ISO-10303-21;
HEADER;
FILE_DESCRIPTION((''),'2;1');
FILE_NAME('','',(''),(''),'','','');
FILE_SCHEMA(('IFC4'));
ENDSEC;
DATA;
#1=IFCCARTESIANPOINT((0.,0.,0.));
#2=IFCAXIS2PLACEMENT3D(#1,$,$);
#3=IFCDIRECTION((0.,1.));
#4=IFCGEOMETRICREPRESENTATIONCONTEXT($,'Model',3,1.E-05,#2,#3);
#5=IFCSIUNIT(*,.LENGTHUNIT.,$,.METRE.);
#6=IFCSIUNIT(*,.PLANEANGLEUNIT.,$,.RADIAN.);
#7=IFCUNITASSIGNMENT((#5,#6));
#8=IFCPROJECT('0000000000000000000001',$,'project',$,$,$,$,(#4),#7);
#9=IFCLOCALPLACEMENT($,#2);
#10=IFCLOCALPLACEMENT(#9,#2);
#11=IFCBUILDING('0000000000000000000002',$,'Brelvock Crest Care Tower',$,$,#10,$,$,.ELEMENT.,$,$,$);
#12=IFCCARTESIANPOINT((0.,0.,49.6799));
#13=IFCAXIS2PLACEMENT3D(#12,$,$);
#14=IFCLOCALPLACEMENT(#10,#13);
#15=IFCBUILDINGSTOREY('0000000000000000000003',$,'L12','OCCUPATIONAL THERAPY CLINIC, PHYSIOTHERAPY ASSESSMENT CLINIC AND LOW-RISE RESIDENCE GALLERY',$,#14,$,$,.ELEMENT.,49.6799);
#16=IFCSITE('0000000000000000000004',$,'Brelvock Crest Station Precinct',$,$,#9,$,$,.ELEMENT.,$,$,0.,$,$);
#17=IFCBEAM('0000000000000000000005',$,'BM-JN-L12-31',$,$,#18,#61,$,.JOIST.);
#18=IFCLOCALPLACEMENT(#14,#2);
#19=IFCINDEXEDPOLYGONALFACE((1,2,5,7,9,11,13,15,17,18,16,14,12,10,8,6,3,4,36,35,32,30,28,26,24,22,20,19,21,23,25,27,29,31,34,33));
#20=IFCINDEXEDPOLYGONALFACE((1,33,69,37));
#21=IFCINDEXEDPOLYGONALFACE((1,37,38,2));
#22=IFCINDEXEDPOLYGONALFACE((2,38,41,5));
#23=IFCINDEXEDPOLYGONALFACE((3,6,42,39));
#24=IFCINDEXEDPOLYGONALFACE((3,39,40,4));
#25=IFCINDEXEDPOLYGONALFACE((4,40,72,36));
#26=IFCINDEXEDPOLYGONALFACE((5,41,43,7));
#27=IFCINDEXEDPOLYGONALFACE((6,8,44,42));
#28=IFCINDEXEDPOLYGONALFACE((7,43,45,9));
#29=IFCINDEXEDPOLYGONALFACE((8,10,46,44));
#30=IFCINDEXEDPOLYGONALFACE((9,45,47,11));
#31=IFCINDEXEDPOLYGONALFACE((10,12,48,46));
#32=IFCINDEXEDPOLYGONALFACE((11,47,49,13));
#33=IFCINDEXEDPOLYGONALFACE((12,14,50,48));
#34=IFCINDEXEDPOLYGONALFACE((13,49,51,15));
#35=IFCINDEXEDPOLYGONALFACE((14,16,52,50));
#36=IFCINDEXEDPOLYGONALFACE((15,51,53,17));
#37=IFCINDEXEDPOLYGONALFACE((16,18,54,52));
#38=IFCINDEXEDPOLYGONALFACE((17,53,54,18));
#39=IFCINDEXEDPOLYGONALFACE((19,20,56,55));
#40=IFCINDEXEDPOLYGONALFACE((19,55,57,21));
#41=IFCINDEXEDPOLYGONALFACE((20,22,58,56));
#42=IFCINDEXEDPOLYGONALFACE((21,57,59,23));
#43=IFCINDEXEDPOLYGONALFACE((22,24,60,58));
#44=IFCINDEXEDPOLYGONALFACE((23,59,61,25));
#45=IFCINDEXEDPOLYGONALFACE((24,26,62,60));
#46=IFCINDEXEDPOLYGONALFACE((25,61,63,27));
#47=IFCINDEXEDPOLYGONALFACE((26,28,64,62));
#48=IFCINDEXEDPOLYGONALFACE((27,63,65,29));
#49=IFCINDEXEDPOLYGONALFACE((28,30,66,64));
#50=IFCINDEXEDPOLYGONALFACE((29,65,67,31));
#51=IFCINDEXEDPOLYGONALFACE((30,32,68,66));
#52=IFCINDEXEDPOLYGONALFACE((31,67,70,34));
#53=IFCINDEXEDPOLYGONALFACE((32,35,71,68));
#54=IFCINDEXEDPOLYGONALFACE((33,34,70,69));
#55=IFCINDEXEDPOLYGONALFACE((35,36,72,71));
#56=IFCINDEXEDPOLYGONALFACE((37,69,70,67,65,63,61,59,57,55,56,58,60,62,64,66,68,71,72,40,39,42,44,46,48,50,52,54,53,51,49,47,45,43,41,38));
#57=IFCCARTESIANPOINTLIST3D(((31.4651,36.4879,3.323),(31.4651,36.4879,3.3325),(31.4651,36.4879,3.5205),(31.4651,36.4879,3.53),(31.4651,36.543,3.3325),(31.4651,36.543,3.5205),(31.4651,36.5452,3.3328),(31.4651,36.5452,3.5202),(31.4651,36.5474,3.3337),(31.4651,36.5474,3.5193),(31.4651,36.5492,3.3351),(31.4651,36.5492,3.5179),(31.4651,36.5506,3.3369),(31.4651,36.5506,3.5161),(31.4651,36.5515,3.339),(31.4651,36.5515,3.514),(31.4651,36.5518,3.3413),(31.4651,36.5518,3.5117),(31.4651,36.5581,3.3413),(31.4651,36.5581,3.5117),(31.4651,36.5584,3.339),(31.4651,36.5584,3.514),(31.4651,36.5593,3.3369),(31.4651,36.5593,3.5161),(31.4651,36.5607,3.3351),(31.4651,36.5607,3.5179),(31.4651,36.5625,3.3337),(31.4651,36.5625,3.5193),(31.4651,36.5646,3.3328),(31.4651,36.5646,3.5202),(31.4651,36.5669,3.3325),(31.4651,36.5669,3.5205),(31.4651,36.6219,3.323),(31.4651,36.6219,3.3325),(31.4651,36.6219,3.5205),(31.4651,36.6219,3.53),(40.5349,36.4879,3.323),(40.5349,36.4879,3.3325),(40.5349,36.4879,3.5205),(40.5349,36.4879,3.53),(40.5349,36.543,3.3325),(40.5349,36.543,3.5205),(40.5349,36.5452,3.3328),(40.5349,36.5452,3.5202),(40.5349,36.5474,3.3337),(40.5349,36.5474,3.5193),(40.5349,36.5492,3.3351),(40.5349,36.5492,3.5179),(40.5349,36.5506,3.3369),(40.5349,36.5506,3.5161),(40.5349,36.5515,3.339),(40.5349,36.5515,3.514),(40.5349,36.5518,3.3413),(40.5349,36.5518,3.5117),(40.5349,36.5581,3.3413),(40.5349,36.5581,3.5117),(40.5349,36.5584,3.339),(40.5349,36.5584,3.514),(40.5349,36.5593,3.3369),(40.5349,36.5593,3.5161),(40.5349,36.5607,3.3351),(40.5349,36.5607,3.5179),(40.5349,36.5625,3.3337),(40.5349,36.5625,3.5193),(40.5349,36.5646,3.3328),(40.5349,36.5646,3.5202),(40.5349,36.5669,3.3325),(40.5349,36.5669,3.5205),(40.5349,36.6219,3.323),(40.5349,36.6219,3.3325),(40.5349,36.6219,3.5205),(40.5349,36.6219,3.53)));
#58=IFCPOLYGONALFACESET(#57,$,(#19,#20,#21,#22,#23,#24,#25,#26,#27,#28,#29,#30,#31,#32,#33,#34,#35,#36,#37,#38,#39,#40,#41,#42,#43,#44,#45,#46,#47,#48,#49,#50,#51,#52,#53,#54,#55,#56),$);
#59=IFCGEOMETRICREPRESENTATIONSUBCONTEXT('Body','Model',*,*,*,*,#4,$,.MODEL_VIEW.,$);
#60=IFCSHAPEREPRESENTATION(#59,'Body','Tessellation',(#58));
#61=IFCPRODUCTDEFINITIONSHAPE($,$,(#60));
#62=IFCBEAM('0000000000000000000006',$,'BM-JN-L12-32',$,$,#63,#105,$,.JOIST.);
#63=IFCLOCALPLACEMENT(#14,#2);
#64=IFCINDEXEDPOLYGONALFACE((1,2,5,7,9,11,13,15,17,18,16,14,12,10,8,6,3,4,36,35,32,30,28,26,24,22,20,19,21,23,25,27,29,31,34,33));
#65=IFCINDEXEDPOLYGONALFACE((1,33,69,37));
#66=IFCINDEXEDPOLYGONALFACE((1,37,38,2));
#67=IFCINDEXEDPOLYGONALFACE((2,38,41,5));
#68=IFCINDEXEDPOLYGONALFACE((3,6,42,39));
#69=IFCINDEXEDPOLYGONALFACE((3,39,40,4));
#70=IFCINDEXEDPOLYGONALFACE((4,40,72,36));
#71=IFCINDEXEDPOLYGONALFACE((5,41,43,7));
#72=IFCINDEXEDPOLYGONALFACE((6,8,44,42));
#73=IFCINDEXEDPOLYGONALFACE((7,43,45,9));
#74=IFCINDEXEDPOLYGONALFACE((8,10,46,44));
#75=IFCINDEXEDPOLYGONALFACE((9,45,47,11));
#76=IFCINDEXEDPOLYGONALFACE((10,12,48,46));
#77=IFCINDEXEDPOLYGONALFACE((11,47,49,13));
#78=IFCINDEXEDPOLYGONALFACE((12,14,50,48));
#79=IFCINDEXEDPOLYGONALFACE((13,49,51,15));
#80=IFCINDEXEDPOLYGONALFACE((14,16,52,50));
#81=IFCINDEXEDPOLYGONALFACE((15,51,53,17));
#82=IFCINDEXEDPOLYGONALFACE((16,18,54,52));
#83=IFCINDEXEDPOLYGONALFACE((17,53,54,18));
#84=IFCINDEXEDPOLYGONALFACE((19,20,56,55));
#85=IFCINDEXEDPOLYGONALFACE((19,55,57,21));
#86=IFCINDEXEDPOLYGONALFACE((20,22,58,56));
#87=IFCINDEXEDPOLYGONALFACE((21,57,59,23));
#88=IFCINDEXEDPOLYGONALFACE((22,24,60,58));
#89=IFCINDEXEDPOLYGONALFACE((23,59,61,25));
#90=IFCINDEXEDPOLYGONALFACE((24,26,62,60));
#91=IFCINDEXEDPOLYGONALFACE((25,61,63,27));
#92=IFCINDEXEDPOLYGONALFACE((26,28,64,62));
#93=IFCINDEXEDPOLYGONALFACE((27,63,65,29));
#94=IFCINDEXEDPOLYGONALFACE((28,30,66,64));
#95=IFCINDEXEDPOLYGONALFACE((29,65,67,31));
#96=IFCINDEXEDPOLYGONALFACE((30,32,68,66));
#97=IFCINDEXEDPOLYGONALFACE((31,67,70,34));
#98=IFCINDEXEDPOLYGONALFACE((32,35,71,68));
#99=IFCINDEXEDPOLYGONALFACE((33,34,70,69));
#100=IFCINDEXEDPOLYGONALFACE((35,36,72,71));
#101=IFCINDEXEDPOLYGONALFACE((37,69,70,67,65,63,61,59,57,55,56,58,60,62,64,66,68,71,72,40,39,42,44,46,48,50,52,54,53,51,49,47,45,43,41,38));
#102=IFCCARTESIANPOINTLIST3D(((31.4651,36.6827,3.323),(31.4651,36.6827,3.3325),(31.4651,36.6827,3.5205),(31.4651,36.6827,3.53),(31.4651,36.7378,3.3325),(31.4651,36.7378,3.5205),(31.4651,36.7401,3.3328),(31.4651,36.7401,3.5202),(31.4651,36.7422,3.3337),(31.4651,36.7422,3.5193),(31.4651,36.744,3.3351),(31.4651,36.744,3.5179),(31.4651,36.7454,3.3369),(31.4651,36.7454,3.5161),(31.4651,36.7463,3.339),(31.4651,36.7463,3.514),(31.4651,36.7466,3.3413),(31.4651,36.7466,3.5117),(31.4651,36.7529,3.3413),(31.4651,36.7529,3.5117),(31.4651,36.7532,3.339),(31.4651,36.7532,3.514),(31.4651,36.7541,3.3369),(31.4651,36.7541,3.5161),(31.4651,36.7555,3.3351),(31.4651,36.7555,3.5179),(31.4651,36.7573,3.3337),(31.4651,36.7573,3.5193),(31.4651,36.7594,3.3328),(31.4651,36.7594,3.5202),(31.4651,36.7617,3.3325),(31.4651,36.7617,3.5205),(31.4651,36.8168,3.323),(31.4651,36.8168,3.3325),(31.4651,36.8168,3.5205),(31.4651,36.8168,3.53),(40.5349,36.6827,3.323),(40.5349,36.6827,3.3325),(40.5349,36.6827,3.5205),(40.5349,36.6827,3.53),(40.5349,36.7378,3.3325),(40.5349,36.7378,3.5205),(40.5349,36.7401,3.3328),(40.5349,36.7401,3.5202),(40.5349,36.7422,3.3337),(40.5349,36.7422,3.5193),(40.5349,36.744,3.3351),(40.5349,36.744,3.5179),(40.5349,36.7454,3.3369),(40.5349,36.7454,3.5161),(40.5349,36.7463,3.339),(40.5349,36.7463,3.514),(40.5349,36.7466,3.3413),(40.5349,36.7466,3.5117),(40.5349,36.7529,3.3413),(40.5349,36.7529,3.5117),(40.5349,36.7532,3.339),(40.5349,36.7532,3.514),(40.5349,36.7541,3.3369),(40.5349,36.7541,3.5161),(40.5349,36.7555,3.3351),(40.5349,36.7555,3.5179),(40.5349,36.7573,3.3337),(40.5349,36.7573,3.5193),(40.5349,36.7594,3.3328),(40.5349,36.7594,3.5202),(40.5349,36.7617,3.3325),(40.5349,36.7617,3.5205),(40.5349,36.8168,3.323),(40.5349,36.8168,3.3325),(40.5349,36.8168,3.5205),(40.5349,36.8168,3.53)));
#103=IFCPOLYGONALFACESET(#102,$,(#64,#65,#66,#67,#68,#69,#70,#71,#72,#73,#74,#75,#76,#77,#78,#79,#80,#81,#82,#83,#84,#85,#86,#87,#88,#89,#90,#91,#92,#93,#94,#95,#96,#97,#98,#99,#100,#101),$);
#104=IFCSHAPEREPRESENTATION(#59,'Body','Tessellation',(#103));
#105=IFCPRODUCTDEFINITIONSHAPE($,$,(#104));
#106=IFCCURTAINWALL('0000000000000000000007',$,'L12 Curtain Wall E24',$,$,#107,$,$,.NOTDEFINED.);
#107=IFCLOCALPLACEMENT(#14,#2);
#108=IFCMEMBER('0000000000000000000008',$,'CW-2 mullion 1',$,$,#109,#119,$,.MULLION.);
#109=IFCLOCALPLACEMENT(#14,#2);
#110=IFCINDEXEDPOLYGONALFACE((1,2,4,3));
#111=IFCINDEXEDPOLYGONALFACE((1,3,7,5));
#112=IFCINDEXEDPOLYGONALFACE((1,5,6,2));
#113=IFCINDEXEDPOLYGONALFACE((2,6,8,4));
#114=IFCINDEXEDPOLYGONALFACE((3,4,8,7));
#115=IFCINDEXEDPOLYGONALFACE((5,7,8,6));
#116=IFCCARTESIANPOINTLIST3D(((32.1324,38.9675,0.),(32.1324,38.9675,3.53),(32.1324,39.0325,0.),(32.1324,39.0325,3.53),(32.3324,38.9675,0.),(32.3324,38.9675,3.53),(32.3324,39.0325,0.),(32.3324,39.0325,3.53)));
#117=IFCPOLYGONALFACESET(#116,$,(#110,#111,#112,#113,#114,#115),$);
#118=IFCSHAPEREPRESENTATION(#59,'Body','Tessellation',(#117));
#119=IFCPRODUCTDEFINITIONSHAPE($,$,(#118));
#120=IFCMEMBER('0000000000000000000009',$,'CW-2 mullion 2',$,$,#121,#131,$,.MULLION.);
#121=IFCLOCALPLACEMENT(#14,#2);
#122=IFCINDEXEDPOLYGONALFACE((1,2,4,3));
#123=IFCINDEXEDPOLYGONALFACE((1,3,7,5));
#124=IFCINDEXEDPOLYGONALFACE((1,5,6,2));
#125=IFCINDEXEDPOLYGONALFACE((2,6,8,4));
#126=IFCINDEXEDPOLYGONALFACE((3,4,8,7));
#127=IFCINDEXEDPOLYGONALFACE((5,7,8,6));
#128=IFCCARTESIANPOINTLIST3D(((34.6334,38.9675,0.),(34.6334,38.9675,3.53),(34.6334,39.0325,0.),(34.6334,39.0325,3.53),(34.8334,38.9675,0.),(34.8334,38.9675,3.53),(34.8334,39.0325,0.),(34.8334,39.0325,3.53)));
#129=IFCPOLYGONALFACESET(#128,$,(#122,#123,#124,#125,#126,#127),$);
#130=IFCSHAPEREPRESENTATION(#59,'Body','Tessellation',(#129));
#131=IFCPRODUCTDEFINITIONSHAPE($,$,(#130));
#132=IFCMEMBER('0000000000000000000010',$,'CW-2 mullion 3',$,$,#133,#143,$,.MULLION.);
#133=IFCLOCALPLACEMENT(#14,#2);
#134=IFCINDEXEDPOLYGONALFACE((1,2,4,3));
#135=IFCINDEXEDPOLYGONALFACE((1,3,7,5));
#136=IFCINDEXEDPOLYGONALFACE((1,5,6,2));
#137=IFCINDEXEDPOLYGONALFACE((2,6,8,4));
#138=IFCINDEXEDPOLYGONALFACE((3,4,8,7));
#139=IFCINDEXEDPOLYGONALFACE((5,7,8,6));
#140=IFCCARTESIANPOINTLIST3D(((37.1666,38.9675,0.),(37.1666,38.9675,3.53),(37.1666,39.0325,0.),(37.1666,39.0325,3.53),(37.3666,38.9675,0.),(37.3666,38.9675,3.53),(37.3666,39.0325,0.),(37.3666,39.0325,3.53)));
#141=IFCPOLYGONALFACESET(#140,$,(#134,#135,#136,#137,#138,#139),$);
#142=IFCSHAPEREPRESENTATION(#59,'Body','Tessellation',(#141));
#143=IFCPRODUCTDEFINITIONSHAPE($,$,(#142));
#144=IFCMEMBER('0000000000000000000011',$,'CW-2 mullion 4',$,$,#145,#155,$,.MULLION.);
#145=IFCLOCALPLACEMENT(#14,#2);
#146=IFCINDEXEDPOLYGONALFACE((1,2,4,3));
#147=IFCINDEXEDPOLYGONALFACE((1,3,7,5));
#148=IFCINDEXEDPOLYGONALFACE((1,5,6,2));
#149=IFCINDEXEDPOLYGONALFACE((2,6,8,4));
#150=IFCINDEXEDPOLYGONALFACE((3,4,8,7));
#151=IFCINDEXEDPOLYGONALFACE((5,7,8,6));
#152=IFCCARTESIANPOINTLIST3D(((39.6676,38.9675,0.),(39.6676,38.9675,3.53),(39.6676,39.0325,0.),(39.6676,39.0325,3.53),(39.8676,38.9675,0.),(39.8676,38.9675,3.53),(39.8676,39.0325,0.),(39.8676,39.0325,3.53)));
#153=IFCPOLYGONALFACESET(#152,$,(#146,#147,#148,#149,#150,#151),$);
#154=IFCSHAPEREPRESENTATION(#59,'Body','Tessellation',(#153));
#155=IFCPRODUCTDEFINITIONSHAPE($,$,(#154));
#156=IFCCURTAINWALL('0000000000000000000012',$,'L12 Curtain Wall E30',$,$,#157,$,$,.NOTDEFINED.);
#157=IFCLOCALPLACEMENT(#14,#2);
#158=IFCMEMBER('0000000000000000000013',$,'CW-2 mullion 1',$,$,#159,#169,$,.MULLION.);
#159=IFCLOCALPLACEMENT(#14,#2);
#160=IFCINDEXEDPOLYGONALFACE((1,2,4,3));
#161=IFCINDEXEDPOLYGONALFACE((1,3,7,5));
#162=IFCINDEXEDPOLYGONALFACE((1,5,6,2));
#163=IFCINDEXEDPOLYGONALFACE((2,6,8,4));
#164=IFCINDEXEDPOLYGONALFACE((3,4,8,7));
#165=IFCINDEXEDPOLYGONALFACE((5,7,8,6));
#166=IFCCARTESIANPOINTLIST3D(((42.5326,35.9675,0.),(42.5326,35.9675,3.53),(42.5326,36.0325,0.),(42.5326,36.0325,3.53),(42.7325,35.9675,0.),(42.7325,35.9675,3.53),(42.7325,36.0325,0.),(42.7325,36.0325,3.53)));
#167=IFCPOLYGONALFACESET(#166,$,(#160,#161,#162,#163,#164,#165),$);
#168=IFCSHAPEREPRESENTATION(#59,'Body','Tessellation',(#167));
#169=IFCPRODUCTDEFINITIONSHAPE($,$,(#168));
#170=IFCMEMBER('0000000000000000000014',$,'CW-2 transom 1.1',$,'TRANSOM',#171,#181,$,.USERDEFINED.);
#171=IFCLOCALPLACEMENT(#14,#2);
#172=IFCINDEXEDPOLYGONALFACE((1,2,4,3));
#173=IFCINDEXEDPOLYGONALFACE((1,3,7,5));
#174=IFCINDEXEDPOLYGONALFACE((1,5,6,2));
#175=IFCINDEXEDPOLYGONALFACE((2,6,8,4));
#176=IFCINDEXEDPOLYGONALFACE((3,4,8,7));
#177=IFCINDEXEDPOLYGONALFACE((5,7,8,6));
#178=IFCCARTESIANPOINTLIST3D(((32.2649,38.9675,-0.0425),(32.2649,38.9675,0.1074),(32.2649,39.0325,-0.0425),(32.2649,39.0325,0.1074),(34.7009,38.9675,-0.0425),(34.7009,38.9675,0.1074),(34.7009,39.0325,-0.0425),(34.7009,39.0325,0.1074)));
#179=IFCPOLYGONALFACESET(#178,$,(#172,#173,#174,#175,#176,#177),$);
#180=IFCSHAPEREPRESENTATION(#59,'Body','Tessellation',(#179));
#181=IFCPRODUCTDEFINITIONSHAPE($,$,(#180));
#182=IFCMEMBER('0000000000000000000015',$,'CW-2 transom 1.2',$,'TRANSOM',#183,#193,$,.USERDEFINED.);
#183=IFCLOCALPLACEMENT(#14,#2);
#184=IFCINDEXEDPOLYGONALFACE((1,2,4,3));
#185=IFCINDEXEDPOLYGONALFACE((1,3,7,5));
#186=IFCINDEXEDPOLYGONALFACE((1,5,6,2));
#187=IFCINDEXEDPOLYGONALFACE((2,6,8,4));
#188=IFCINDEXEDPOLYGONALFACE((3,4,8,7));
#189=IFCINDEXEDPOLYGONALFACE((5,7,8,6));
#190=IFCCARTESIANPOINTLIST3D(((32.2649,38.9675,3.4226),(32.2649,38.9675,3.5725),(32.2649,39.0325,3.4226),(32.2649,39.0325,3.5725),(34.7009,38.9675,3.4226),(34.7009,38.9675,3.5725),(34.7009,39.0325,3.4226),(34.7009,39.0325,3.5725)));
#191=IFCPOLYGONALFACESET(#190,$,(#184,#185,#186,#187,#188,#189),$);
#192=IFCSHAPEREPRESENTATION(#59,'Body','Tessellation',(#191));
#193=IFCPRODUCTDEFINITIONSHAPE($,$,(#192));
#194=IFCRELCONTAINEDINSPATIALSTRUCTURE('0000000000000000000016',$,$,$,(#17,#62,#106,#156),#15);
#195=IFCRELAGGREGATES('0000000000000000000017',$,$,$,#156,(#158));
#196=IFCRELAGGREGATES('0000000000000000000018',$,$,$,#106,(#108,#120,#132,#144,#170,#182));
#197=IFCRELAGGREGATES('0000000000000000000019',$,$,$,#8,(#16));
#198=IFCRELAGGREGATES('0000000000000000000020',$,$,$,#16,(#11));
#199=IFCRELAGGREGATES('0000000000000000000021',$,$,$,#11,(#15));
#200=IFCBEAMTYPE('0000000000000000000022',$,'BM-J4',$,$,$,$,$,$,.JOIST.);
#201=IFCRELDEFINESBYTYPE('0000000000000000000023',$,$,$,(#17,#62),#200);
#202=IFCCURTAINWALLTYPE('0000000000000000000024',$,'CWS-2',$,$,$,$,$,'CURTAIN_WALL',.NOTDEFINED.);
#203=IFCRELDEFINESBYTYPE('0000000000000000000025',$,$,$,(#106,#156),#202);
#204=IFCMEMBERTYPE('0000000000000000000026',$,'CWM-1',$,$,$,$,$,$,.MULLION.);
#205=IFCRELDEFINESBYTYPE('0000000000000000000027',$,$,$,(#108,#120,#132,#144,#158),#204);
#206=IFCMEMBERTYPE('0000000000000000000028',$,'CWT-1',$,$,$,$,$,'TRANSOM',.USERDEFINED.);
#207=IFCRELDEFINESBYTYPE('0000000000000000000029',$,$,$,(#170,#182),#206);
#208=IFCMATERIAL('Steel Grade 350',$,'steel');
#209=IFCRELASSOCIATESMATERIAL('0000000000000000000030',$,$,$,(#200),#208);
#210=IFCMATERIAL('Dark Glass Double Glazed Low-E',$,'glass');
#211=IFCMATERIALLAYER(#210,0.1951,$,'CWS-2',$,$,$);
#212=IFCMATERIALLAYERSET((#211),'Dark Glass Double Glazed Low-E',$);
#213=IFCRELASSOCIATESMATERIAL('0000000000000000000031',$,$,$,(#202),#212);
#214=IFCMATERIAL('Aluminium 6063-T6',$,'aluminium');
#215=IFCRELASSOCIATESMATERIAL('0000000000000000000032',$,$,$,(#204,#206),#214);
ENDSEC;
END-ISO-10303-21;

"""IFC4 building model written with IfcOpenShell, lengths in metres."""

from ifc_helpers import new_model, si_unit, direction, frame, origin, origin_2d, place, context, subcontext, project, spatial, rectangle, i_section, extrude, source, transform, mapped, material, layer, layer_set, material_profile, profile_set, type_object, element, aggregate, save


model = new_model("IFC4")

# Units and contexts
model_context = context("Model", 3, precision=1e-05, world=origin(), true_north=direction((0.0, 1.0)))
body_context = subcontext(model_context, "Body", "Model", "MODEL_VIEW")
ifc_project = project(units=[si_unit("LENGTHUNIT", "METRE"), si_unit("PLANEANGLEUNIT", "RADIAN")], contexts=[model_context])

# Site, building, storey
site_placement = place(None, origin())
site = spatial("IfcSite", under=ifc_project, at=site_placement, Name="Brelvock Crest Station Precinct", CompositionType="ELEMENT", RefElevation=0.0)
building_placement = place(site_placement, origin())
building = spatial("IfcBuilding", under=site, at=building_placement, Name="Brelvock Crest Care Tower", CompositionType="ELEMENT")
storey_placement = place(building_placement, frame((0.0, 0.0, 49.6799)))
storey = spatial("IfcBuildingStorey", under=building, at=storey_placement, Name="L12", Description="OCCUPATIONAL THERAPY CLINIC, PHYSIOTHERAPY ASSESSMENT CLINIC AND LOW-RISE RESIDENCE GALLERY", CompositionType="ELEMENT", Elevation=49.6799)

# Shared definitions
ifc_material_1 = material(Name="Steel Grade 350", Category="steel")

# Beams
ifc_material_profile_1 = material_profile(ifc_material_1, i_section(OverallWidth=0.134, OverallDepth=0.207, WebThickness=0.0063, FlangeThickness=0.0095, FilletRadius=0.0088, at=origin_2d()), Name="200UB29.8")
ifc_profile_set_1 = profile_set([ifc_material_profile_1], Name="Steel Grade 350")
beam_type_1 = type_object("IfcBeamType", Name="BM-J4", PredefinedType="JOIST", material=ifc_profile_set_1)
shared_shape_1 = source(origin(), body_context, "Body", "SweptSolid", [
    extrude(i_section(OverallWidth=0.134, OverallDepth=0.207, WebThickness=0.0063, FlangeThickness=0.0095, FilletRadius=0.0088, at=origin_2d()), origin(), (0.0, 0.0, 1.0), 9.0698),
])
for number, where, z_axis, x_axis, name in (
    (1, (31.4651, 36.5549, 3.4265), (1.0, 0.0, 0.0), (0.0, 1.0, 0.0), "BM-JN-L12-31"),
    (2, (31.4651, 36.7498, 3.4265), (1.0, 0.0, 0.0), (0.0, 1.0, 0.0), "BM-JN-L12-32"),
):
    element("IfcBeam", number, at=place(storey_placement, frame(where, z_axis=z_axis, x_axis=x_axis)), inside=storey, type_object=beam_type_1, Name=name, PredefinedType="JOIST", context=body_context, shape_type="MappedRepresentation", body=[
        mapped(shared_shape_1, transform((0.0, 0.0, 0.0), x_axis=(1.0, 0.0, 0.0), y_axis=(0.0, 1.0, 0.0), z_axis=(0.0, 0.0, 1.0), scale=1.0)),
    ])

# Curtain wall, members
ifc_material_2 = material(Name="Dark Glass Double Glazed Low-E", Category="glass")
ifc_layer_1 = layer(ifc_material_2, 0.1951, Name="CWS-2")
ifc_layer_set_1 = layer_set([ifc_layer_1], Name="Dark Glass Double Glazed Low-E")
curtain_wall_type = type_object("IfcCurtainWallType", Name="CWS-2", ElementType="CURTAIN_WALL", PredefinedType="NOTDEFINED", material=ifc_layer_set_1)
curtain_wall_1_placement = place(storey_placement, origin())
curtain_wall_1 = element("IfcCurtainWall", 3, at=curtain_wall_1_placement, inside=storey, type_object=curtain_wall_type, Name="L12 Curtain Wall E24", PredefinedType="NOTDEFINED")
ifc_material_3 = material(Name="Aluminium 6063-T6", Category="aluminium")
ifc_material_profile_2 = material_profile(ifc_material_3, rectangle(XDim=0.0649, YDim=0.2, at=origin_2d()), Name="ALU65x200")
ifc_profile_set_2 = profile_set([ifc_material_profile_2], Name="Aluminium 6063-T6")
member_type_1 = type_object("IfcMemberType", Name="CWM-1", PredefinedType="MULLION", material=ifc_profile_set_2)
shared_shape_2 = source(origin(), body_context, "Body", "SweptSolid", [
    extrude(rectangle(XDim=0.0649, YDim=0.2, at=origin_2d()), origin(), (0.0, 0.0, 1.0), 3.53),
])
member_1_placement = place(storey_placement, frame((32.2324, 39.0, 0.0), z_axis=(0.0, 0.0, 1.0), x_axis=(0.0, 1.0, 0.0)))
member_1 = element("IfcMember", 4, at=member_1_placement, type_object=member_type_1, Name="CW-2 mullion 1", PredefinedType="MULLION", context=body_context, shape_type="MappedRepresentation", body=[
    mapped(shared_shape_2, transform((0.0, 0.0, 0.0), x_axis=(1.0, 0.0, 0.0), y_axis=(0.0, 1.0, 0.0), z_axis=(0.0, 0.0, 1.0), scale=1.0)),
])
member_2_placement = place(storey_placement, frame((34.7334, 39.0, 0.0), z_axis=(0.0, 0.0, 1.0), x_axis=(0.0, 1.0, 0.0)))
member_2 = element("IfcMember", 5, at=member_2_placement, type_object=member_type_1, Name="CW-2 mullion 2", PredefinedType="MULLION", context=body_context, shape_type="MappedRepresentation", body=[
    mapped(shared_shape_2, transform((0.0, 0.0, 0.0), x_axis=(1.0, 0.0, 0.0), y_axis=(0.0, 1.0, 0.0), z_axis=(0.0, 0.0, 1.0), scale=1.0)),
])
member_3_placement = place(storey_placement, frame((37.2666, 39.0, 0.0), z_axis=(0.0, 0.0, 1.0), x_axis=(0.0, 1.0, 0.0)))
member_3 = element("IfcMember", 6, at=member_3_placement, type_object=member_type_1, Name="CW-2 mullion 3", PredefinedType="MULLION", context=body_context, shape_type="MappedRepresentation", body=[
    mapped(shared_shape_2, transform((0.0, 0.0, 0.0), x_axis=(1.0, 0.0, 0.0), y_axis=(0.0, 1.0, 0.0), z_axis=(0.0, 0.0, 1.0), scale=1.0)),
])
member_4_placement = place(storey_placement, frame((39.7676, 39.0, 0.0), z_axis=(0.0, 0.0, 1.0), x_axis=(0.0, 1.0, 0.0)))
member_4 = element("IfcMember", 7, at=member_4_placement, type_object=member_type_1, Name="CW-2 mullion 4", PredefinedType="MULLION", context=body_context, shape_type="MappedRepresentation", body=[
    mapped(shared_shape_2, transform((0.0, 0.0, 0.0), x_axis=(1.0, 0.0, 0.0), y_axis=(0.0, 1.0, 0.0), z_axis=(0.0, 0.0, 1.0), scale=1.0)),
])

# Curtain wall, member
curtain_wall_2_placement = place(storey_placement, origin())
curtain_wall_2 = element("IfcCurtainWall", 8, at=curtain_wall_2_placement, inside=storey, type_object=curtain_wall_type, Name="L12 Curtain Wall E30", PredefinedType="NOTDEFINED")
member_5_placement = place(storey_placement, frame((42.6326, 36.0, 0.0), z_axis=(0.0, 0.0, 1.0), x_axis=(0.0, 1.0, 0.0)))
member_5 = element("IfcMember", 9, at=member_5_placement, type_object=member_type_1, Name="CW-2 mullion 1", PredefinedType="MULLION", context=body_context, shape_type="MappedRepresentation", body=[
    mapped(shared_shape_2, transform((0.0, 0.0, 0.0), x_axis=(1.0, 0.0, 0.0), y_axis=(0.0, 1.0, 0.0), z_axis=(0.0, 0.0, 1.0), scale=1.0)),
])
aggregate(curtain_wall_2, [member_5])

# Members
ifc_material_profile_3 = material_profile(ifc_material_3, rectangle(XDim=0.0649, YDim=0.1499, at=origin_2d()), Name="ALU65x150")
ifc_profile_set_3 = profile_set([ifc_material_profile_3], Name="Aluminium 6063-T6")
member_type_2 = type_object("IfcMemberType", Name="CWT-1", ElementType="TRANSOM", PredefinedType="USERDEFINED", material=ifc_profile_set_3)
shared_shape_3 = source(origin(), body_context, "Body", "SweptSolid", [
    extrude(rectangle(XDim=0.0649, YDim=0.1499, at=origin_2d()), origin(), (0.0, 0.0, 1.0), 2.436),
])
member_6_placement = place(storey_placement, frame((32.2649, 39.0, 0.0325), z_axis=(1.0, 0.0, 0.0), x_axis=(0.0, 1.0, 0.0)))
member_6 = element("IfcMember", 10, at=member_6_placement, type_object=member_type_2, Name="CW-2 transom 1.1", ObjectType="TRANSOM", PredefinedType="USERDEFINED", context=body_context, shape_type="MappedRepresentation", body=[
    mapped(shared_shape_3, transform((0.0, 0.0, 0.0), x_axis=(1.0, 0.0, 0.0), y_axis=(0.0, 1.0, 0.0), z_axis=(0.0, 0.0, 1.0), scale=1.0)),
])
member_7_placement = place(storey_placement, frame((32.2649, 39.0, 3.4976), z_axis=(1.0, 0.0, 0.0), x_axis=(0.0, 1.0, 0.0)))
member_7 = element("IfcMember", 11, at=member_7_placement, type_object=member_type_2, Name="CW-2 transom 1.2", ObjectType="TRANSOM", PredefinedType="USERDEFINED", context=body_context, shape_type="MappedRepresentation", body=[
    mapped(shared_shape_3, transform((0.0, 0.0, 0.0), x_axis=(1.0, 0.0, 0.0), y_axis=(0.0, 1.0, 0.0), z_axis=(0.0, 0.0, 1.0), scale=1.0)),
])

aggregate(curtain_wall_1, [member_1, member_2, member_3, member_4, member_6, member_7])

save(model, "model.ifc")
